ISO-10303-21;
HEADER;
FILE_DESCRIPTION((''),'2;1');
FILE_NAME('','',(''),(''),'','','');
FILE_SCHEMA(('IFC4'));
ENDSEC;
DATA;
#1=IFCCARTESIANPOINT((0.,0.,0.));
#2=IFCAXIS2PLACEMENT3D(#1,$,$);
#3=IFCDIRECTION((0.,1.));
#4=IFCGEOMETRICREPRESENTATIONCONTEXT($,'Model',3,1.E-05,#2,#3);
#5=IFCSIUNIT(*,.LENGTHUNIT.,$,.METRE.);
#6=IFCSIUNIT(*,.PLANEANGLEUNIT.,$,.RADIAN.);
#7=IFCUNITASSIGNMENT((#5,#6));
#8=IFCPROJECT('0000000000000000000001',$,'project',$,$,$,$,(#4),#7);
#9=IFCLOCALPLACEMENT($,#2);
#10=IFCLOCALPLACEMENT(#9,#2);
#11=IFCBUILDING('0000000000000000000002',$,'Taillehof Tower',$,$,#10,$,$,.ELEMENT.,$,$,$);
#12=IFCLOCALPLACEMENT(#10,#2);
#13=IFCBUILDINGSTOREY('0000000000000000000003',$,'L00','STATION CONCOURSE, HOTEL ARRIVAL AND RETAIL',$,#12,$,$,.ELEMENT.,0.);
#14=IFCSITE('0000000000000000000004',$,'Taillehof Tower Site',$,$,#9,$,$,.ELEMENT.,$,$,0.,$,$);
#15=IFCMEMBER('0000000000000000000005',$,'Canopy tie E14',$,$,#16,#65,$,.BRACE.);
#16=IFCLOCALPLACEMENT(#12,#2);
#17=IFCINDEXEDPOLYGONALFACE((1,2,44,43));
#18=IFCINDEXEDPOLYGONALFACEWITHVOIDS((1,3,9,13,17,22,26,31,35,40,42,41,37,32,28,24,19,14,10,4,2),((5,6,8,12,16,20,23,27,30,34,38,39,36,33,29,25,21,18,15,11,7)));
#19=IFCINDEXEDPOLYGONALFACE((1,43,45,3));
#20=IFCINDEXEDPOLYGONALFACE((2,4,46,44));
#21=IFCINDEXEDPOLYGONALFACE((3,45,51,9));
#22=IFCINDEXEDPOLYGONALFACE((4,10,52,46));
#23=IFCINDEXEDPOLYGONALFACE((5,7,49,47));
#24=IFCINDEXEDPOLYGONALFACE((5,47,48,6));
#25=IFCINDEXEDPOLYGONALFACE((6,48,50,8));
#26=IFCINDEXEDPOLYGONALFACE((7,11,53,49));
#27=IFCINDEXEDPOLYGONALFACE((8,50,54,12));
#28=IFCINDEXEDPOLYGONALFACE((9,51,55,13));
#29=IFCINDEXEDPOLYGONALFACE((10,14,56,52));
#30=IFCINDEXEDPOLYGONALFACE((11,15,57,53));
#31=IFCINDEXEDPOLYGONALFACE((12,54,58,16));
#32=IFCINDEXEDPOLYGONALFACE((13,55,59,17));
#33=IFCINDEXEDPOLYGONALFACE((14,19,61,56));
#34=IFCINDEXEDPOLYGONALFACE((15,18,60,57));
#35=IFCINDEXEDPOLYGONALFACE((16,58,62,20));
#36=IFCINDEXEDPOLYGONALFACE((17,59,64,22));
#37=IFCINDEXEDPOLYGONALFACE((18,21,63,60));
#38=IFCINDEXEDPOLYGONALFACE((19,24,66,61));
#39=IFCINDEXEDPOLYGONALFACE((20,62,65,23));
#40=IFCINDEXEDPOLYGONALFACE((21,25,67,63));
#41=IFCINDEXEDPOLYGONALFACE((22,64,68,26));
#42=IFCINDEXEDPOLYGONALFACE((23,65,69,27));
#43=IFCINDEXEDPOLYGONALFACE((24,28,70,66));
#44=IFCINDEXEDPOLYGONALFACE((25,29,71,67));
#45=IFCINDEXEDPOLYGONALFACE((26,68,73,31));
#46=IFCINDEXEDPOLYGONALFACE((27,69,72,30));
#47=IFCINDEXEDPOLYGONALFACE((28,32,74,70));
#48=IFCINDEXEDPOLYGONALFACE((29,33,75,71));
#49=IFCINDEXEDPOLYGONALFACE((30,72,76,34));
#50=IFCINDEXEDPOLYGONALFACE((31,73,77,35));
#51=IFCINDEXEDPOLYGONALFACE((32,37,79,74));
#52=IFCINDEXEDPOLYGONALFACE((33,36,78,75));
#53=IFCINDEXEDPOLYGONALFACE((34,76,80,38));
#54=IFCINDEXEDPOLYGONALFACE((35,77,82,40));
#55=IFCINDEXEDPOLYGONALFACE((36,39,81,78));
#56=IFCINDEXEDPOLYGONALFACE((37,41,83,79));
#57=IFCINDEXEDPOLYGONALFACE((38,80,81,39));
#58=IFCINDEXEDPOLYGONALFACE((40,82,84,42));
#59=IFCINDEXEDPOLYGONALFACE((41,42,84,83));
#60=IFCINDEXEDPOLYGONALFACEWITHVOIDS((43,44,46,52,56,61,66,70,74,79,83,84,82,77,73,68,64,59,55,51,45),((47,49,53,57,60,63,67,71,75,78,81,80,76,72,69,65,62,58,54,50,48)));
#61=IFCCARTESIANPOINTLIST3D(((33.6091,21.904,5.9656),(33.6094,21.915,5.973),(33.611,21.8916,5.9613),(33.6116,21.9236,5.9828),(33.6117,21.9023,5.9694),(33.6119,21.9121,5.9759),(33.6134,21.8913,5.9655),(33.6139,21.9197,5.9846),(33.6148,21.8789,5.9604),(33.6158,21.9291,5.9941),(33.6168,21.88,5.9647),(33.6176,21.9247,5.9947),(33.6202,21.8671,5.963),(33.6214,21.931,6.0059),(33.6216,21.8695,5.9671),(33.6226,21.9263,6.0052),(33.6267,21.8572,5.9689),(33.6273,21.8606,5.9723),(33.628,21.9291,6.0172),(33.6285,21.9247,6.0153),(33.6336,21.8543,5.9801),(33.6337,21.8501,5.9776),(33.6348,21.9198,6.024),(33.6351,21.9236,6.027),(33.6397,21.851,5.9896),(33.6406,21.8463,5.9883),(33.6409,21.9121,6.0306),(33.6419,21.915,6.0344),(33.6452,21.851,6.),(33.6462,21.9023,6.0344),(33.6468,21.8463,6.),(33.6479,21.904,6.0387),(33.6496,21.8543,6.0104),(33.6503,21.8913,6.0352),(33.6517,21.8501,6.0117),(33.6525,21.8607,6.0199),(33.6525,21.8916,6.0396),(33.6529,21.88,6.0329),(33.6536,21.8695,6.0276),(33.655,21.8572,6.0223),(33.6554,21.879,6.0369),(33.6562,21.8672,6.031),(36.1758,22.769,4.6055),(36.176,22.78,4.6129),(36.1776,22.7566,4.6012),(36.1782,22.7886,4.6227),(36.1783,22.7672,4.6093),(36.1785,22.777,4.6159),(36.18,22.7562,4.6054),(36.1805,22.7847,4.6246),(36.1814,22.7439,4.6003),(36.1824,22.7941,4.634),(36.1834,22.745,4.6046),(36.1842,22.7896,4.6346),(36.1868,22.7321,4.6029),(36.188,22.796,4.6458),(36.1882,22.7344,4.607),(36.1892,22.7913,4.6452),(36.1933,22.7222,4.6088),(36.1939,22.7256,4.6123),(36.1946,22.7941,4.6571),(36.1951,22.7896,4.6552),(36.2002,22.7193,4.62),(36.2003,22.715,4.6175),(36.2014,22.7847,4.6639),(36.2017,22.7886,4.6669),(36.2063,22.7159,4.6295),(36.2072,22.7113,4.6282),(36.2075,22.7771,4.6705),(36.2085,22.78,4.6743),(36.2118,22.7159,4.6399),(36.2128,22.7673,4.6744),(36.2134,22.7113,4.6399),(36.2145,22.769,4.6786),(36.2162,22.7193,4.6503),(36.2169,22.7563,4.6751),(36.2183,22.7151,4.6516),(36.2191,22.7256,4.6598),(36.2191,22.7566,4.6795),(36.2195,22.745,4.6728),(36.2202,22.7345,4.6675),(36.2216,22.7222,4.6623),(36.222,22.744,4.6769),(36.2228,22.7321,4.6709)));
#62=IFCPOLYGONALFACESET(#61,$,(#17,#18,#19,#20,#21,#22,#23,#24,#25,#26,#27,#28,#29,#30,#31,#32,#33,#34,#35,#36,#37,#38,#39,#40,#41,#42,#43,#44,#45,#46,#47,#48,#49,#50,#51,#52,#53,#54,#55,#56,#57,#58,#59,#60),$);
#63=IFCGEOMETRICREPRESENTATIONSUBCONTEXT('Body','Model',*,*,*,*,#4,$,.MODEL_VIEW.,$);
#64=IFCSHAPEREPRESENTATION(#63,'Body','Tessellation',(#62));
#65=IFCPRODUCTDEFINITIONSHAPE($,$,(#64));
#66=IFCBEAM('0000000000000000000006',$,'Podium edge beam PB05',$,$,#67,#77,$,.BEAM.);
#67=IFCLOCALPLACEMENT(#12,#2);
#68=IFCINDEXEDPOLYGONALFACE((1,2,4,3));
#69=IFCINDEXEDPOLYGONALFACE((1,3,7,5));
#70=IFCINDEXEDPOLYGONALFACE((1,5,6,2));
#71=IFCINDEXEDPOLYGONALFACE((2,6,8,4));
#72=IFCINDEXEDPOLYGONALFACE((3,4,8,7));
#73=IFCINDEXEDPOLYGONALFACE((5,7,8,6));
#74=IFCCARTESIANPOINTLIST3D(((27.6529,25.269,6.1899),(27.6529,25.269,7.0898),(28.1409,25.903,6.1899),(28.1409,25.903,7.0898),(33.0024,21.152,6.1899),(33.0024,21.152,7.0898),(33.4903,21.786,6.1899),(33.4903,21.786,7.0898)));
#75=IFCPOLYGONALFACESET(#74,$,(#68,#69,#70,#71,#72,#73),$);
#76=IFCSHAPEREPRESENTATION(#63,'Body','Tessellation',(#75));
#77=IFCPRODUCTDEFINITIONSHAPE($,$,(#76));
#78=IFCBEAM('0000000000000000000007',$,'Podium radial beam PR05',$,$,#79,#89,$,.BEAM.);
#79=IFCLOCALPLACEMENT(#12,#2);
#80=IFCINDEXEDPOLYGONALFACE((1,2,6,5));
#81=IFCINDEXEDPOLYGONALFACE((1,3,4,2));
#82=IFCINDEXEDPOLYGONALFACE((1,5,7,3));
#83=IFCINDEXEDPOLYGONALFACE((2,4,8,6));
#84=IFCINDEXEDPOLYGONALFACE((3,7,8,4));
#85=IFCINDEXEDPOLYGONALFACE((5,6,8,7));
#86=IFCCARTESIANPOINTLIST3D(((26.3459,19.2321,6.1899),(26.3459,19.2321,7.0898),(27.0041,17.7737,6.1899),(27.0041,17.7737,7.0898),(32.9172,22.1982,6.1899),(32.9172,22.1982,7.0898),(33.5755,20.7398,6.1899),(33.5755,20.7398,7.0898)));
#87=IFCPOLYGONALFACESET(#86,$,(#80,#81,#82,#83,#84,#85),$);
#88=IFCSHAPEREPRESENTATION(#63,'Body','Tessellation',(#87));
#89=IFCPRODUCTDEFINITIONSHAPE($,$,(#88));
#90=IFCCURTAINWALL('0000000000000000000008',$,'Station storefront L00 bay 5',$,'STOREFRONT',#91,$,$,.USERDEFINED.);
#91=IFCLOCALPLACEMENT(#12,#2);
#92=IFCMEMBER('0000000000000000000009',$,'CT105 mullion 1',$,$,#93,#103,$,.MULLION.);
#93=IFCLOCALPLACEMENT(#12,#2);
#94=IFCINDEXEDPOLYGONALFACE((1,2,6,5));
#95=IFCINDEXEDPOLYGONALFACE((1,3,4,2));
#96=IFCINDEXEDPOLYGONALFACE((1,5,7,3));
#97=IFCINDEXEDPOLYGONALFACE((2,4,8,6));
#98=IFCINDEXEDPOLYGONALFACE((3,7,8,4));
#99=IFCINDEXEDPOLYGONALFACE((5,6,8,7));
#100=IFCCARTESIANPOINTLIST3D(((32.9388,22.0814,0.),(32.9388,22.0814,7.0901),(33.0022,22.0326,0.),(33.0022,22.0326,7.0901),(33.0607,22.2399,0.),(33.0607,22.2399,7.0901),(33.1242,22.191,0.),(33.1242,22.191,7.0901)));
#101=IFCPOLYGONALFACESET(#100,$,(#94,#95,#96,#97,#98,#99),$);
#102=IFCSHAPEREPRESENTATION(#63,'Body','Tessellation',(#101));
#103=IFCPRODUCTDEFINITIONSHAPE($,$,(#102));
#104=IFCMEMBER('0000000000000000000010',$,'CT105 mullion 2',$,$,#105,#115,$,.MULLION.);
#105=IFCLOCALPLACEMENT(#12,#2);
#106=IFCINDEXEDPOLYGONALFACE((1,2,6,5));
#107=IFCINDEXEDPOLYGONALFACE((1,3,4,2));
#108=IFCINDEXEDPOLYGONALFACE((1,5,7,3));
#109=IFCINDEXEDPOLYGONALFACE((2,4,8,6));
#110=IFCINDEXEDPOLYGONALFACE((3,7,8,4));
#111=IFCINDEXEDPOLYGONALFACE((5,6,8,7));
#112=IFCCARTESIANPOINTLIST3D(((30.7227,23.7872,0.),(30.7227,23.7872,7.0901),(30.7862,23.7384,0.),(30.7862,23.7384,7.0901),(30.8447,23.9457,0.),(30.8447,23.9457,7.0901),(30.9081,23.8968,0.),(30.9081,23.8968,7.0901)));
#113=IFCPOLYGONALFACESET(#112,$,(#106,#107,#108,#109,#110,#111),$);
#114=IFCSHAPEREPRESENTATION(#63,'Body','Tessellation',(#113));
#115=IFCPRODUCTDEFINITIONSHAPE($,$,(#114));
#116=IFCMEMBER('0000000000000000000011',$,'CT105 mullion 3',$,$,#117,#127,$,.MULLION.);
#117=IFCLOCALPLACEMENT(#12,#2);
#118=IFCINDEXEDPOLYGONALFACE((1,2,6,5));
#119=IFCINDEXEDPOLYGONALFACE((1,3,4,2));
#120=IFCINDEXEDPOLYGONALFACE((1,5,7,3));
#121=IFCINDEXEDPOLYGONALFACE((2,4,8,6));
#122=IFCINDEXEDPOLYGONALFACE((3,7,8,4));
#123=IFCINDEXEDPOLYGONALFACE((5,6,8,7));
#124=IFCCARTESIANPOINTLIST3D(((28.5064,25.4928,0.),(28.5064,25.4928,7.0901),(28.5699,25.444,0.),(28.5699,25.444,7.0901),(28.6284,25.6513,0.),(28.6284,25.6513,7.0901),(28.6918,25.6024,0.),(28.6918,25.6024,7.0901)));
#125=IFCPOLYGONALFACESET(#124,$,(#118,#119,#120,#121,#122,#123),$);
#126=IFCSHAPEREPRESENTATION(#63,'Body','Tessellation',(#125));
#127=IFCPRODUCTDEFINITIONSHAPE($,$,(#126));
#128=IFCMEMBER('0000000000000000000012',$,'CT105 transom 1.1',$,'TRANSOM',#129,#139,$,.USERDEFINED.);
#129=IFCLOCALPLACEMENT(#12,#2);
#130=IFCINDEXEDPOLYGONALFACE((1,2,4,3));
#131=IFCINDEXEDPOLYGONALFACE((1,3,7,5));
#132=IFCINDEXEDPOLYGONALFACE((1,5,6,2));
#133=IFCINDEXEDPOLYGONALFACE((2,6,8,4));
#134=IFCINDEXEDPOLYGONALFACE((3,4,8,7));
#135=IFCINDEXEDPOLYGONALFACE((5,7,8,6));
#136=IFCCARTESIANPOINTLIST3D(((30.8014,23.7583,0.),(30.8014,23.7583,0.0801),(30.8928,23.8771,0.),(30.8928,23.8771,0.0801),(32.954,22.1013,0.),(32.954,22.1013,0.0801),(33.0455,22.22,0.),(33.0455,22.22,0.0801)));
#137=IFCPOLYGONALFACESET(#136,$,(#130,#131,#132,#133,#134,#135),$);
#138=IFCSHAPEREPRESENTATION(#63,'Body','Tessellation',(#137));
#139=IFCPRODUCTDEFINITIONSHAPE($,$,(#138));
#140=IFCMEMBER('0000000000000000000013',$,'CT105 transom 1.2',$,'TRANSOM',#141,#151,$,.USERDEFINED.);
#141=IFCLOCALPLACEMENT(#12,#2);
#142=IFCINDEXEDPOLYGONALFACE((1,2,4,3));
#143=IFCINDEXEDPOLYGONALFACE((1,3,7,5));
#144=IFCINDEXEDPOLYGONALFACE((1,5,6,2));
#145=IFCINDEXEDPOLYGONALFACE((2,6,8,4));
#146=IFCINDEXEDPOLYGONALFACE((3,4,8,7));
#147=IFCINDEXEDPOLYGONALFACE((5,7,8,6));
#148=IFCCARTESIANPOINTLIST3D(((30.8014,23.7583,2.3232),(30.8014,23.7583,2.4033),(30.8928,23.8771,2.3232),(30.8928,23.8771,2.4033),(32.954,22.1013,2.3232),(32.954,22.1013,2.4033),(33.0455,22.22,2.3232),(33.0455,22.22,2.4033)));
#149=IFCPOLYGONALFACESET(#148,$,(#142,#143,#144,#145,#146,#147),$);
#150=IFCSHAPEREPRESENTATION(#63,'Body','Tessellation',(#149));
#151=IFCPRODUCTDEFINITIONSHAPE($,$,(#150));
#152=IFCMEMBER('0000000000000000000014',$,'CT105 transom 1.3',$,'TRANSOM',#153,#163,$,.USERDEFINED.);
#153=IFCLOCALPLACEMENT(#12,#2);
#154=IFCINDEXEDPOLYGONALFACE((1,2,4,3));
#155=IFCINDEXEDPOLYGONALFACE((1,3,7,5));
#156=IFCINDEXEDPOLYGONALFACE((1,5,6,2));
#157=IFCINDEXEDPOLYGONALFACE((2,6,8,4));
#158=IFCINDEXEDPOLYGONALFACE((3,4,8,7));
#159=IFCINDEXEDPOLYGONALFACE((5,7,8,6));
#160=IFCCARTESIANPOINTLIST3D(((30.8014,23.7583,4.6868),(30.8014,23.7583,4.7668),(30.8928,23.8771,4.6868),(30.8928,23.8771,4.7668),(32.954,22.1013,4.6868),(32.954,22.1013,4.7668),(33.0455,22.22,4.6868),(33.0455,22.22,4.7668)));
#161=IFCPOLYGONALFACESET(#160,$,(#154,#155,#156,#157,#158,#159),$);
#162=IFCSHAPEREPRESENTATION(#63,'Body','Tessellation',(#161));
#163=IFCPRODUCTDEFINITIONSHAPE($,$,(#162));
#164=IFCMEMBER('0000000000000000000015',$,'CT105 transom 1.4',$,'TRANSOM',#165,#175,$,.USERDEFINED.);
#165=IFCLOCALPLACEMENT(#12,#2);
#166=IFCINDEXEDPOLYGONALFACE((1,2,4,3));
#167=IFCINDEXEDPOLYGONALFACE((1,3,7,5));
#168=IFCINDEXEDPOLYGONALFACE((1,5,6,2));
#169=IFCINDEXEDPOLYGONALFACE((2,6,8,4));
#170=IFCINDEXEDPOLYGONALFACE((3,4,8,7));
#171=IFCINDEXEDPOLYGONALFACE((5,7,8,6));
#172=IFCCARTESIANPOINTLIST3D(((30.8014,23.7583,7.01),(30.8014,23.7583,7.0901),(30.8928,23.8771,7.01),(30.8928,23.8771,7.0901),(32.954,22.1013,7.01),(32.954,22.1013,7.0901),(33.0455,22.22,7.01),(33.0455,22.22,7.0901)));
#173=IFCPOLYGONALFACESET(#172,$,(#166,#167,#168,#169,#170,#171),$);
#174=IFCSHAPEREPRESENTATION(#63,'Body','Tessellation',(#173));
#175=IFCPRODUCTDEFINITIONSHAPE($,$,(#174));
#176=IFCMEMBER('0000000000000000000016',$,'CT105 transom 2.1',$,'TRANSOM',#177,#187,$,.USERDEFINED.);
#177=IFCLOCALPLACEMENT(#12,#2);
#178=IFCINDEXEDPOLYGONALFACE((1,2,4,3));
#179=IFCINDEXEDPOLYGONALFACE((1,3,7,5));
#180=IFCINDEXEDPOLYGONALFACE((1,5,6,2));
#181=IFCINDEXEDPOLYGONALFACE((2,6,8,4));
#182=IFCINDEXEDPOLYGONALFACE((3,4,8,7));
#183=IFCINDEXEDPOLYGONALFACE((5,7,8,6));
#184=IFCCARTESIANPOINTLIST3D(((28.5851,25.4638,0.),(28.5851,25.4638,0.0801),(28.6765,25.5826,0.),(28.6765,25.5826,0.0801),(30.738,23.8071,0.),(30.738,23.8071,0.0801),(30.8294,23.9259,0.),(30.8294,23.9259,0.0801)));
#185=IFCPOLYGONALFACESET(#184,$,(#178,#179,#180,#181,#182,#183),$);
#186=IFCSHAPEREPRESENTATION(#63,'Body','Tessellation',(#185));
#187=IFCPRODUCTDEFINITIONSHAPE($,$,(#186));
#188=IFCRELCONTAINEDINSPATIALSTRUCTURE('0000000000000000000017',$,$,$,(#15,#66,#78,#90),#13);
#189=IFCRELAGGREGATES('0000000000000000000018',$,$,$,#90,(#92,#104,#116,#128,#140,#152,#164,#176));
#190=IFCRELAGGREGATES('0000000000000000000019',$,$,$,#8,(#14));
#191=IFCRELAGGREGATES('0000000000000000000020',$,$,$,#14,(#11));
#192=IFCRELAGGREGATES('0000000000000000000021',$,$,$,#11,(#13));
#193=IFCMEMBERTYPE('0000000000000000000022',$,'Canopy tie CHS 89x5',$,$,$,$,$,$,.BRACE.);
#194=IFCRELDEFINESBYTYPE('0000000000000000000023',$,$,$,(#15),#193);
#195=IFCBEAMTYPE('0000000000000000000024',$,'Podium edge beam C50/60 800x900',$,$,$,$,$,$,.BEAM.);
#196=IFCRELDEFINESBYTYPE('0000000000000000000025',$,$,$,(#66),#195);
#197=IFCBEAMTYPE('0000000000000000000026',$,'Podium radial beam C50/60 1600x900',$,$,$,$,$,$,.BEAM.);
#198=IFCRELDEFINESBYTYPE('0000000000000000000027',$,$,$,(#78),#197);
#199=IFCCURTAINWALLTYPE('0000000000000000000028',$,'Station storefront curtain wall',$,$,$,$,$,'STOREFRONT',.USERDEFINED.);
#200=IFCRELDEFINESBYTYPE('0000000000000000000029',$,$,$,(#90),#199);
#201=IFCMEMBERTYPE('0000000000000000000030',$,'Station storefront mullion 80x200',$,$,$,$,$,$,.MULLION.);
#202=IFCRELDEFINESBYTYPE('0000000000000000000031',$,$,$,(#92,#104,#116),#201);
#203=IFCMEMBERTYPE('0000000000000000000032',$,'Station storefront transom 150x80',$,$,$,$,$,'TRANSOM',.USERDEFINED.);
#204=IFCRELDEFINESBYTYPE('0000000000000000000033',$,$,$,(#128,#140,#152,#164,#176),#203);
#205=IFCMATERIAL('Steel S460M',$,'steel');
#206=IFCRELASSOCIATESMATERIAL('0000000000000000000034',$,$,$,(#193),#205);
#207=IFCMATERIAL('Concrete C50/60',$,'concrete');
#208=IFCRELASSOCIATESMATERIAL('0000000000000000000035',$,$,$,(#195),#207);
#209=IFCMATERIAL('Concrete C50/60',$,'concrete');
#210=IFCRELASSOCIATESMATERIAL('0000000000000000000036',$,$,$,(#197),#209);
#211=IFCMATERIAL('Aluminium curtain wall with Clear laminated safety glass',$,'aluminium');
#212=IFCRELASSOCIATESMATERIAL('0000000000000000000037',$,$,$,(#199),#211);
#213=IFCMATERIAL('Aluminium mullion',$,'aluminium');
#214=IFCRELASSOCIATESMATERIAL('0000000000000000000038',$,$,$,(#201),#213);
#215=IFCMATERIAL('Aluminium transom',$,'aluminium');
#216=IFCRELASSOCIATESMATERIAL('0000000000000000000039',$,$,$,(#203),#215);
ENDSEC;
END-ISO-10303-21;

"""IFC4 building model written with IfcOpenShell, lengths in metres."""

from ifc_helpers import new_model, si_unit, direction, frame, origin, origin_2d, place, context, subcontext, project, spatial, rectangle, hollow_circle, extrude, material, material_profile, profile_set, type_object, element, aggregate, save


model = new_model("IFC4")

# Units and contexts
model_context = context("Model", 3, precision=1e-05, world=origin(), true_north=direction((0.0, 1.0)))
body_context = subcontext(model_context, "Body", "Model", "MODEL_VIEW")
ifc_project = project(units=[si_unit("LENGTHUNIT", "METRE"), si_unit("PLANEANGLEUNIT", "RADIAN")], contexts=[model_context])

# Site, building, storey
site_placement = place(None, origin())
site = spatial("IfcSite", under=ifc_project, at=site_placement, Name="Taillehof Tower Site", CompositionType="ELEMENT", RefElevation=0.0)
building_placement = place(site_placement, origin())
building = spatial("IfcBuilding", under=site, at=building_placement, Name="Taillehof Tower", CompositionType="ELEMENT")
storey_placement = place(building_placement, origin())
storey = spatial("IfcBuildingStorey", under=building, at=storey_placement, Name="L00", Description="STATION CONCOURSE, HOTEL ARRIVAL AND RETAIL", CompositionType="ELEMENT", Elevation=0.0)

# Member
ifc_material_1 = material(Name="Steel S460M", Category="steel")
ifc_material_profile_1 = material_profile(ifc_material_1, hollow_circle(Radius=0.0444, WallThickness=0.0049, at=origin_2d()), Name="CHS 89x5")
ifc_profile_set_1 = profile_set([ifc_material_profile_1], Name="Steel S460M")
member_type_1 = type_object("IfcMemberType", Name="Canopy tie CHS 89x5", PredefinedType="BRACE", material=ifc_profile_set_1)
member_1_placement = place(storey_placement, frame((36.1992, 22.7534, 4.6399), z_axis=(-0.846854, -0.285399, 0.448761), x_axis=(0.319363, -0.947632, 0.0)))
element("IfcMember", 1, at=member_1_placement, inside=storey, type_object=member_type_1, Name="Canopy tie E14", PredefinedType="BRACE", context=body_context, shape_type="SweptSolid", body=[
    extrude(hollow_circle(Radius=0.0444, WallThickness=0.0049, at=origin_2d()), origin(), (0.0, 0.0, 1.0), 3.0308),
])

# Beams
ifc_material_2 = material(Name="Concrete C50/60", Category="concrete")
ifc_material_profile_2 = material_profile(ifc_material_2, rectangle(XDim=0.8, YDim=0.8999, at=origin_2d()), Name="RC 800x900")
ifc_profile_set_2 = profile_set([ifc_material_profile_2], Name="Concrete C50/60")
beam_type_1 = type_object("IfcBeamType", Name="Podium edge beam C50/60 800x900", PredefinedType="BEAM", material=ifc_profile_set_2)
beam_1_placement = place(storey_placement, frame((33.2463, 21.469, 6.6399), z_axis=(-0.792477, 0.609901, 0.0), x_axis=(-0.609901, -0.792477, 0.0)))
element("IfcBeam", 2, at=beam_1_placement, inside=storey, type_object=beam_type_1, Name="Podium edge beam PB05", PredefinedType="BEAM", context=body_context, shape_type="SweptSolid", body=[
    extrude(rectangle(XDim=0.8, YDim=0.8999, at=origin_2d()), origin(), (0.0, 0.0, 1.0), 6.7502),
])
ifc_material_3 = material(Name="Concrete C50/60", Category="concrete")
ifc_material_profile_3 = material_profile(ifc_material_3, rectangle(XDim=1.6001, YDim=0.8999, at=origin_2d()), Name="RC 1600x900")
ifc_profile_set_3 = profile_set([ifc_material_profile_3], Name="Concrete C50/60")
beam_type_2 = type_object("IfcBeamType", Name="Podium radial beam C50/60 1600x900", PredefinedType="BEAM", material=ifc_profile_set_3)
beam_2_placement = place(storey_placement, frame((33.2463, 21.469, 6.6399), z_axis=(-0.911455, -0.411401, 0.0), x_axis=(0.411401, -0.911455, 0.0)))
element("IfcBeam", 3, at=beam_2_placement, inside=storey, type_object=beam_type_2, Name="Podium radial beam PR05", PredefinedType="BEAM", context=body_context, shape_type="SweptSolid", body=[
    extrude(rectangle(XDim=1.6001, YDim=0.8999, at=origin_2d()), origin(), (0.0, 0.0, 1.0), 7.2097),
])

# Curtain wall, members
ifc_material_4 = material(Name="Aluminium curtain wall with Clear laminated safety glass", Category="aluminium")
curtain_wall_type = type_object("IfcCurtainWallType", Name="Station storefront curtain wall", ElementType="STOREFRONT", PredefinedType="USERDEFINED", material=ifc_material_4)
curtain_wall_placement = place(storey_placement, origin())
curtain_wall = element("IfcCurtainWall", 4, at=curtain_wall_placement, inside=storey, type_object=curtain_wall_type, Name="Station storefront L00 bay 5", ObjectType="STOREFRONT", PredefinedType="USERDEFINED")
ifc_material_5 = material(Name="Aluminium mullion", Category="aluminium")
ifc_material_profile_4 = material_profile(ifc_material_5, rectangle(XDim=0.2, YDim=0.0801, at=origin_2d()), Name="AL 80x200")
ifc_profile_set_4 = profile_set([ifc_material_profile_4], Name="Aluminium mullion")
member_type_2 = type_object("IfcMemberType", Name="Station storefront mullion 80x200", PredefinedType="MULLION", material=ifc_profile_set_4)
member_2_placement = place(storey_placement, frame((33.0315, 22.1362, 0.0), z_axis=(0.0, 0.0, 1.0), x_axis=(-0.609932, -0.792454, 0.0)))
member_2 = element("IfcMember", 5, at=member_2_placement, type_object=member_type_2, Name="CT105 mullion 1", PredefinedType="MULLION", context=body_context, shape_type="SweptSolid", body=[
    extrude(rectangle(XDim=0.2, YDim=0.0801, at=origin_2d()), origin(), (0.0, 0.0, 1.0), 7.0901),
])
member_3_placement = place(storey_placement, frame((30.8154, 23.842, 0.0), z_axis=(0.0, 0.0, 1.0), x_axis=(-0.609932, -0.792454, 0.0)))
member_3 = element("IfcMember", 6, at=member_3_placement, type_object=member_type_2, Name="CT105 mullion 2", PredefinedType="MULLION", context=body_context, shape_type="SweptSolid", body=[
    extrude(rectangle(XDim=0.2, YDim=0.0801, at=origin_2d()), origin(), (0.0, 0.0, 1.0), 7.0901),
])
member_4_placement = place(storey_placement, frame((28.5991, 25.5476, 0.0), z_axis=(0.0, 0.0, 1.0), x_axis=(-0.609932, -0.792454, 0.0)))
member_4 = element("IfcMember", 7, at=member_4_placement, type_object=member_type_2, Name="CT105 mullion 3", PredefinedType="MULLION", context=body_context, shape_type="SweptSolid", body=[
    extrude(rectangle(XDim=0.2, YDim=0.0801, at=origin_2d()), origin(), (0.0, 0.0, 1.0), 7.0901),
])
ifc_material_6 = material(Name="Aluminium transom", Category="aluminium")
ifc_material_profile_5 = material_profile(ifc_material_6, rectangle(XDim=0.1499, YDim=0.0801, at=origin_2d()), Name="AL 150x80")
ifc_profile_set_5 = profile_set([ifc_material_profile_5], Name="Aluminium transom")
member_type_3 = type_object("IfcMemberType", Name="Station storefront transom 150x80", ElementType="TRANSOM", PredefinedType="USERDEFINED", material=ifc_profile_set_5)
member_5_placement = place(storey_placement, frame((32.9998, 22.1606, 0.04), z_axis=(-0.79242, 0.609976, 0.0), x_axis=(-0.609976, -0.79242, 0.0)))
member_5 = element("IfcMember", 8, at=member_5_placement, type_object=member_type_3, Name="CT105 transom 1.1", ObjectType="TRANSOM", PredefinedType="USERDEFINED", context=body_context, shape_type="SweptSolid", body=[
    extrude(rectangle(XDim=0.1499, YDim=0.0801, at=origin_2d()), origin(), (0.0, 0.0, 1.0), 2.7166),
])
member_6_placement = place(storey_placement, frame((32.9998, 22.1606, 2.3633), z_axis=(-0.79242, 0.609976, 0.0), x_axis=(-0.609976, -0.79242, 0.0)))
member_6 = element("IfcMember", 9, at=member_6_placement, type_object=member_type_3, Name="CT105 transom 1.2", ObjectType="TRANSOM", PredefinedType="USERDEFINED", context=body_context, shape_type="SweptSolid", body=[
    extrude(rectangle(XDim=0.1499, YDim=0.0801, at=origin_2d()), origin(), (0.0, 0.0, 1.0), 2.7166),
])
member_7_placement = place(storey_placement, frame((32.9998, 22.1606, 4.7268), z_axis=(-0.79242, 0.609976, 0.0), x_axis=(-0.609976, -0.79242, 0.0)))
member_7 = element("IfcMember", 10, at=member_7_placement, type_object=member_type_3, Name="CT105 transom 1.3", ObjectType="TRANSOM", PredefinedType="USERDEFINED", context=body_context, shape_type="SweptSolid", body=[
    extrude(rectangle(XDim=0.1499, YDim=0.0801, at=origin_2d()), origin(), (0.0, 0.0, 1.0), 2.7166),
])
member_8_placement = place(storey_placement, frame((32.9998, 22.1606, 7.05), z_axis=(-0.79242, 0.609976, 0.0), x_axis=(-0.609976, -0.79242, 0.0)))
member_8 = element("IfcMember", 11, at=member_8_placement, type_object=member_type_3, Name="CT105 transom 1.4", ObjectType="TRANSOM", PredefinedType="USERDEFINED", context=body_context, shape_type="SweptSolid", body=[
    extrude(rectangle(XDim=0.1499, YDim=0.0801, at=origin_2d()), origin(), (0.0, 0.0, 1.0), 2.7166),
])
member_9_placement = place(storey_placement, frame((30.7837, 23.8665, 0.04), z_axis=(-0.792497, 0.609876, 0.0), x_axis=(-0.609876, -0.792497, 0.0)))
member_9 = element("IfcMember", 12, at=member_9_placement, type_object=member_type_3, Name="CT105 transom 2.1", ObjectType="TRANSOM", PredefinedType="USERDEFINED", context=body_context, shape_type="SweptSolid", body=[
    extrude(rectangle(XDim=0.1499, YDim=0.0801, at=origin_2d()), origin(), (0.0, 0.0, 1.0), 2.7166),
])
aggregate(curtain_wall, [member_2, member_3, member_4, member_5, member_6, member_7, member_8, member_9])

save(model, "model.ifc")
